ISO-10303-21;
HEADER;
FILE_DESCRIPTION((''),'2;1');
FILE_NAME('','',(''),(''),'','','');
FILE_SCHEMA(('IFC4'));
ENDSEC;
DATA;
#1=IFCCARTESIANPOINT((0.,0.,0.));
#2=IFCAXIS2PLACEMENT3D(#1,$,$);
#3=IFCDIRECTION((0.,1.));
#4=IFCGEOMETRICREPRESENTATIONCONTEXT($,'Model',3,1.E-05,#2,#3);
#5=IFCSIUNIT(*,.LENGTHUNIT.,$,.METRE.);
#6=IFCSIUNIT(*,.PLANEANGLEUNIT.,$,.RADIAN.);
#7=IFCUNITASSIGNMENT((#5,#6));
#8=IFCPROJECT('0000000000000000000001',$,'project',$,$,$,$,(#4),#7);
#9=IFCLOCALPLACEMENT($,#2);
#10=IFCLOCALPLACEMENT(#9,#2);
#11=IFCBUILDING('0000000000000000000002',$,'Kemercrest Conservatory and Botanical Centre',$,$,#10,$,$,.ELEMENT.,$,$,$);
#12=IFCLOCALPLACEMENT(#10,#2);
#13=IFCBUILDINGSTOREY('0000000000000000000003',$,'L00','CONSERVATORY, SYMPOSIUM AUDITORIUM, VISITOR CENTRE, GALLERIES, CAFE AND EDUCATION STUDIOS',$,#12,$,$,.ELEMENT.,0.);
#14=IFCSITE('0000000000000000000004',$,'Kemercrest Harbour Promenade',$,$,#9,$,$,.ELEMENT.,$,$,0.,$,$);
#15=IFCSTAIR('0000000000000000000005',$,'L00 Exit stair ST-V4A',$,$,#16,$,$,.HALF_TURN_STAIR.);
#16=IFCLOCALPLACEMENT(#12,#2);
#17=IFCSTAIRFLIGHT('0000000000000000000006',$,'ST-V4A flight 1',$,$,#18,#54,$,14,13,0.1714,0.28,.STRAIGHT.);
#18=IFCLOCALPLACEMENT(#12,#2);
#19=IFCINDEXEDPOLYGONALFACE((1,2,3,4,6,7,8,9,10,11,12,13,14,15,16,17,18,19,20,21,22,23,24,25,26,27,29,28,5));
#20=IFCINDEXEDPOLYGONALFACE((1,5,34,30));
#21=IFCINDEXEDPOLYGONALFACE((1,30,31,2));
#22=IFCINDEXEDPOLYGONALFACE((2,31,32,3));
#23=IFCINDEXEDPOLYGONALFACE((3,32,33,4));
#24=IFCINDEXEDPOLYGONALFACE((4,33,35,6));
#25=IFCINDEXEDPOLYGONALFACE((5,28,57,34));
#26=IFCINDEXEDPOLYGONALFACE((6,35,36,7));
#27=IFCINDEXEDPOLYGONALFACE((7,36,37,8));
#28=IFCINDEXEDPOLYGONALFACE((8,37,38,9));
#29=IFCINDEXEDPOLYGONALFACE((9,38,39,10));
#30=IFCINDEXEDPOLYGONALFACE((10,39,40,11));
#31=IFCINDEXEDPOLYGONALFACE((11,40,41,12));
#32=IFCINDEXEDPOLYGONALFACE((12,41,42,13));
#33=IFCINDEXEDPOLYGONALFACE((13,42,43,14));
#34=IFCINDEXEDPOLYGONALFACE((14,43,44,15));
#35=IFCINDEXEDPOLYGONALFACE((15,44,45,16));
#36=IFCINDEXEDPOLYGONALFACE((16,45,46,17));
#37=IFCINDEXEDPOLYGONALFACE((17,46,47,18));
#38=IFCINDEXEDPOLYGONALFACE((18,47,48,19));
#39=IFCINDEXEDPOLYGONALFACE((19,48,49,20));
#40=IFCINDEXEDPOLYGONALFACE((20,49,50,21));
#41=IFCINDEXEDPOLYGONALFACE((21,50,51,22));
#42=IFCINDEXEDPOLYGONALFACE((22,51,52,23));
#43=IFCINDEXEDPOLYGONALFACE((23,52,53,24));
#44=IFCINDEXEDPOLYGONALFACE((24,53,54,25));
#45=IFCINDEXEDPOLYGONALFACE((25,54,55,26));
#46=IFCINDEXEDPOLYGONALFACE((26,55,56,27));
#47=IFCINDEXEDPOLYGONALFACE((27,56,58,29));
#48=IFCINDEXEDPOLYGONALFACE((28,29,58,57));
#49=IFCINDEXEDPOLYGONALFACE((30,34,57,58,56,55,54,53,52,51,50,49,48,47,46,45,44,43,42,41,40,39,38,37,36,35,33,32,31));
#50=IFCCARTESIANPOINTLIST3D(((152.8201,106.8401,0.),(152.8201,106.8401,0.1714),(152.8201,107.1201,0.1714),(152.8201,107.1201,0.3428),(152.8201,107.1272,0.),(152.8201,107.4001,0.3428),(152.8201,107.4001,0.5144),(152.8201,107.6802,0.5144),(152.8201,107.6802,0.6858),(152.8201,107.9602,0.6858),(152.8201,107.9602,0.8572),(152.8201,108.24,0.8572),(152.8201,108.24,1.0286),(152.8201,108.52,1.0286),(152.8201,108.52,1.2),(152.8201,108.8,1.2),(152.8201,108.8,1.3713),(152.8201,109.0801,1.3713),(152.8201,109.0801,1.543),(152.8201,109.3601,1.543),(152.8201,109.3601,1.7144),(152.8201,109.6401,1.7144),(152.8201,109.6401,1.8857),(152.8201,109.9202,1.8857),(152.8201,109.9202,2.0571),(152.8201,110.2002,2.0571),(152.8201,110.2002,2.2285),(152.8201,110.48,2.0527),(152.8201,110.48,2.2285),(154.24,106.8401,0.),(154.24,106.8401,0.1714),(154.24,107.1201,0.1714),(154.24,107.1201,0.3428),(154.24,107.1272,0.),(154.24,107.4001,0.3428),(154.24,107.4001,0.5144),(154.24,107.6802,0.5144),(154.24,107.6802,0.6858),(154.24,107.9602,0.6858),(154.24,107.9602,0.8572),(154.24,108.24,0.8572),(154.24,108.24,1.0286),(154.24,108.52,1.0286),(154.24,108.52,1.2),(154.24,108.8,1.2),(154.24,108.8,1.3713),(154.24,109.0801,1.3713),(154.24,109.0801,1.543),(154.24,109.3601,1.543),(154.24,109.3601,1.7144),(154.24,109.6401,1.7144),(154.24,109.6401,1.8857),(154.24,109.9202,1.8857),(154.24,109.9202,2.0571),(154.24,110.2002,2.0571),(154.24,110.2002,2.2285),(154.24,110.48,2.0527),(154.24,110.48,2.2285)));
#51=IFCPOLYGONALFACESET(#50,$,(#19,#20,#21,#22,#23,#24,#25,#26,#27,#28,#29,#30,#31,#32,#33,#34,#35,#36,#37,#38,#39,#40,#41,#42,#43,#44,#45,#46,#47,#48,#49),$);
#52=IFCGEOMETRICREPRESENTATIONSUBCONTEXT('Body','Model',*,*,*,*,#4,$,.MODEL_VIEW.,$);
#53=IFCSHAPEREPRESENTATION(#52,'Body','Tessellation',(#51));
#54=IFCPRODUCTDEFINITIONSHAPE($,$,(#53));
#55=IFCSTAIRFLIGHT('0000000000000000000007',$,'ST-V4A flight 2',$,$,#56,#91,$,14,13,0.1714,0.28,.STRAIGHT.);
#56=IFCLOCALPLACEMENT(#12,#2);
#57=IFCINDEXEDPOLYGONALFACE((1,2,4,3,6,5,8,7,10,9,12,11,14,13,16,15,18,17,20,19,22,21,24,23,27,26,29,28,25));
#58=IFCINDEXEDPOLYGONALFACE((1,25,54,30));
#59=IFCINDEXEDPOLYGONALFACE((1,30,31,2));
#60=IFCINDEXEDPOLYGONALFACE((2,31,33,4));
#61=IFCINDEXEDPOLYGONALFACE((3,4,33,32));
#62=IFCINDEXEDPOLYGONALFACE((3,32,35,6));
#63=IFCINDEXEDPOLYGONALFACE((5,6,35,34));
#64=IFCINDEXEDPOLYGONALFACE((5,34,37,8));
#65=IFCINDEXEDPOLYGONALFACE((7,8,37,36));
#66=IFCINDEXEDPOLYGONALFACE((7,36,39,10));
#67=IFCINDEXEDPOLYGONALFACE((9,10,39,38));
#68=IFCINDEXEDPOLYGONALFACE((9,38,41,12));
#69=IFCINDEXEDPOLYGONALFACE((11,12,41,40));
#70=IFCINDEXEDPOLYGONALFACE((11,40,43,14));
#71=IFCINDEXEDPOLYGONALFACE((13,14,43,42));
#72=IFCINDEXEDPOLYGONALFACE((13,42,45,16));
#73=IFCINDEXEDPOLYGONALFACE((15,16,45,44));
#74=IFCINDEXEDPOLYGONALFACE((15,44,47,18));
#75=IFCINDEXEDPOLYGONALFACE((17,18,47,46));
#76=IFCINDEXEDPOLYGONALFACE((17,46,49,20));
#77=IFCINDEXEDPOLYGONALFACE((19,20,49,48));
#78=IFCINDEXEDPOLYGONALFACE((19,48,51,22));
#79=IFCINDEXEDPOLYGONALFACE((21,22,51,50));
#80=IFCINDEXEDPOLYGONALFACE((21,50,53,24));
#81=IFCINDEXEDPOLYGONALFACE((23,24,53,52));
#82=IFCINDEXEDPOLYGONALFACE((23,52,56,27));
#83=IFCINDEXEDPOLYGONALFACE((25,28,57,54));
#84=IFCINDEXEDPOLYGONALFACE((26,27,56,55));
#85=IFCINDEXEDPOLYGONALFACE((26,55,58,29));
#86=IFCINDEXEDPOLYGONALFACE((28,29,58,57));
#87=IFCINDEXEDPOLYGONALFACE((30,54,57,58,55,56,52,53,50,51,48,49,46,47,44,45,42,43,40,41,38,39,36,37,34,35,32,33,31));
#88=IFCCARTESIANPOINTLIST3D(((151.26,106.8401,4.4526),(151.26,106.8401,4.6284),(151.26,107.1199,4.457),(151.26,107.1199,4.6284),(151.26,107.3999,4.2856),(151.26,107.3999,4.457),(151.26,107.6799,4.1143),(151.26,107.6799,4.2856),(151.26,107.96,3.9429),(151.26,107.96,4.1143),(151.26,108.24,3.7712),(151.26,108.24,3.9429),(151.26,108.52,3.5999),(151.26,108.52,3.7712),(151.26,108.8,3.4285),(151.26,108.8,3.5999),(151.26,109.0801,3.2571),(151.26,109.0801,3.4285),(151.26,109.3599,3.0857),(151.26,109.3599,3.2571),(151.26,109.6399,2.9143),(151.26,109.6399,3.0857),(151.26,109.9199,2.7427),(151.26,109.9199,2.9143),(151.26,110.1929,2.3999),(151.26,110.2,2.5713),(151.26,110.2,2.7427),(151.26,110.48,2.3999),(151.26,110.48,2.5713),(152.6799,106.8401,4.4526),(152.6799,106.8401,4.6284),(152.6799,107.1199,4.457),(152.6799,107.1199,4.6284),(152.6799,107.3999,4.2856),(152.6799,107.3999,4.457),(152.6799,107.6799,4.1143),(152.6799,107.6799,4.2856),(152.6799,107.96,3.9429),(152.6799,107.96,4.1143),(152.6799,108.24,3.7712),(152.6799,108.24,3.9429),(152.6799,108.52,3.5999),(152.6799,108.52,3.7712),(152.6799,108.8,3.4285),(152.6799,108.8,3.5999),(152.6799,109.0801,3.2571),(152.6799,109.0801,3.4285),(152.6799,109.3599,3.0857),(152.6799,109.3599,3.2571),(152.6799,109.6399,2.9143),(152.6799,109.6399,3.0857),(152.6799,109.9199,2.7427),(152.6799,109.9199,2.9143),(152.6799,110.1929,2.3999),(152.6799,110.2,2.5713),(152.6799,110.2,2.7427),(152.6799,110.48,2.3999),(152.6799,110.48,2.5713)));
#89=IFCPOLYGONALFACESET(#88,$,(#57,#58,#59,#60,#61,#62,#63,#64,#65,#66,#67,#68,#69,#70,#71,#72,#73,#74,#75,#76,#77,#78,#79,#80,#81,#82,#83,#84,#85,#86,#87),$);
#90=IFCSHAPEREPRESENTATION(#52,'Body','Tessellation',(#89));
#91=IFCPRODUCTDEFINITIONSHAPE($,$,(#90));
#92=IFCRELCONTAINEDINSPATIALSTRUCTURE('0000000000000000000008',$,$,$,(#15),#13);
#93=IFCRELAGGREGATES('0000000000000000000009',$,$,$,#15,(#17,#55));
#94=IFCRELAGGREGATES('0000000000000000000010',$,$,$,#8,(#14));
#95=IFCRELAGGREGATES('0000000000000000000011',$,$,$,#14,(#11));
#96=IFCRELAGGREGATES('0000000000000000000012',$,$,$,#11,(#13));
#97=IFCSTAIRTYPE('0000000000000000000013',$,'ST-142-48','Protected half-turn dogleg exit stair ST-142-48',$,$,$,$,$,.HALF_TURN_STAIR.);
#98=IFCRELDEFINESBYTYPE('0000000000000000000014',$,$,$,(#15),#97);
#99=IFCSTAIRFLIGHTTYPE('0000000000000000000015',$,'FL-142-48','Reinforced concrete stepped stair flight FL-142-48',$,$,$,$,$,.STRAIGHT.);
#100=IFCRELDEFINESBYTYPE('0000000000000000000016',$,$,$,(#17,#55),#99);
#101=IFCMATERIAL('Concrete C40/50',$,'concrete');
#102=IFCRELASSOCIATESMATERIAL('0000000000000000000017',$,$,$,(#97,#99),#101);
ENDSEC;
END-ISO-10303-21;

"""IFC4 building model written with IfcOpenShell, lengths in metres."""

from ifc_helpers import new_model, si_unit, direction, frame, origin, place, context, subcontext, project, spatial, polyline, outline, extrude, material, type_object, element, aggregate, save


model = new_model("IFC4")

# Units and contexts
model_context = context("Model", 3, precision=1e-05, world=origin(), true_north=direction((0.0, 1.0)))
body_context = subcontext(model_context, "Body", "Model", "MODEL_VIEW")
ifc_project = project(units=[si_unit("LENGTHUNIT", "METRE"), si_unit("PLANEANGLEUNIT", "RADIAN")], contexts=[model_context])

# Site, building, storey
site_placement = place(None, origin())
site = spatial("IfcSite", under=ifc_project, at=site_placement, Name="Kemercrest Harbour Promenade", CompositionType="ELEMENT", RefElevation=0.0)
building_placement = place(site_placement, origin())
building = spatial("IfcBuilding", under=site, at=building_placement, Name="Kemercrest Conservatory and Botanical Centre", CompositionType="ELEMENT")
storey_placement = place(building_placement, origin())
storey = spatial("IfcBuildingStorey", under=building, at=storey_placement, Name="L00", Description="CONSERVATORY, SYMPOSIUM AUDITORIUM, VISITOR CENTRE, GALLERIES, CAFE AND EDUCATION STUDIOS", CompositionType="ELEMENT", Elevation=0.0)

# Shared definitions
ifc_material_1 = material(Name="Concrete C40/50", Category="concrete")

# Stair, stair flights
stair_type = type_object("IfcStairType", Name="ST-142-48", Description="Protected half-turn dogleg exit stair ST-142-48", PredefinedType="HALF_TURN_STAIR", material=ifc_material_1)
stair_placement = place(storey_placement, origin())
stair = element("IfcStair", 1, at=stair_placement, inside=storey, type_object=stair_type, Name="L00 Exit stair ST-V4A", PredefinedType="HALF_TURN_STAIR")
stair_flight_type = type_object("IfcStairFlightType", Name="FL-142-48", Description="Reinforced concrete stepped stair flight FL-142-48", PredefinedType="STRAIGHT", material=ifc_material_1)
stair_flight_1_placement = place(storey_placement, frame((153.53, 106.8401, 0.0), z_axis=(0.0, 0.0, 1.0), x_axis=(0.0, 1.0, 0.0)))
stair_flight_1 = element("IfcStairFlight", 2, at=stair_flight_1_placement, type_object=stair_flight_type, Name="ST-V4A flight 1", NumberOfRisers=14, NumberOfTreads=13, PredefinedType="STRAIGHT", RiserHeight=0.1714, TreadLength=0.28, context=body_context, shape_type="SweptSolid", body=[
    extrude(outline(polyline([(0.0, 0.0), (0.0, 0.1714), (0.28, 0.1714), (0.28, 0.3428), (0.5601, 0.3428), (0.5601, 0.5144), (0.8401, 0.5144), (0.8401, 0.6858), (1.1201, 0.6858), (1.1201, 0.8572), (1.3999, 0.8572), (1.3999, 1.0286), (1.6799, 1.0286), (1.6799, 1.2), (1.96, 1.2), (1.96, 1.3713), (2.24, 1.3713), (2.24, 1.543), (2.52, 1.543), (2.52, 1.7144), (2.8, 1.7144), (2.8, 1.8857), (3.0801, 1.8857), (3.0801, 2.0571), (3.3601, 2.0571), (3.3601, 2.2285), (3.6399, 2.2285), (3.6399, 2.3999), (3.6399, 2.0527), (0.2871, 0.0), (0.0, 0.0)])), frame((0.0, 0.71, 0.0), z_axis=(0.0, -1.0, 0.0), x_axis=(1.0, 0.0, 0.0)), (0.0, 0.0, 1.0), 1.4199),
])
stair_flight_2_placement = place(storey_placement, frame((151.97, 110.48, 2.3999), z_axis=(0.0, 0.0, 1.0), x_axis=(0.0, -1.0, 0.0)))
stair_flight_2 = element("IfcStairFlight", 3, at=stair_flight_2_placement, type_object=stair_flight_type, Name="ST-V4A flight 2", NumberOfRisers=14, NumberOfTreads=13, PredefinedType="STRAIGHT", RiserHeight=0.1714, TreadLength=0.28, context=body_context, shape_type="SweptSolid", body=[
    extrude(outline(polyline([(0.0, 0.0), (0.0, 0.1714), (0.28, 0.1714), (0.28, 0.3428), (0.5601, 0.3428), (0.5601, 0.5144), (0.8401, 0.5144), (0.8401, 0.6858), (1.1201, 0.6858), (1.1201, 0.8572), (1.3999, 0.8572), (1.3999, 1.0286), (1.6799, 1.0286), (1.6799, 1.2), (1.96, 1.2), (1.96, 1.3713), (2.24, 1.3713), (2.24, 1.543), (2.52, 1.543), (2.52, 1.7144), (2.8, 1.7144), (2.8, 1.8857), (3.0801, 1.8857), (3.0801, 2.0571), (3.3601, 2.0571), (3.3601, 2.2285), (3.6399, 2.2285), (3.6399, 2.3999), (3.6399, 2.0527), (0.2871, 0.0), (0.0, 0.0)])), frame((0.0, 0.71, 0.0), z_axis=(0.0, -1.0, 0.0), x_axis=(1.0, 0.0, 0.0)), (0.0, 0.0, 1.0), 1.4199),
])
aggregate(stair, [stair_flight_1, stair_flight_2])

save(model, "model.ifc")
